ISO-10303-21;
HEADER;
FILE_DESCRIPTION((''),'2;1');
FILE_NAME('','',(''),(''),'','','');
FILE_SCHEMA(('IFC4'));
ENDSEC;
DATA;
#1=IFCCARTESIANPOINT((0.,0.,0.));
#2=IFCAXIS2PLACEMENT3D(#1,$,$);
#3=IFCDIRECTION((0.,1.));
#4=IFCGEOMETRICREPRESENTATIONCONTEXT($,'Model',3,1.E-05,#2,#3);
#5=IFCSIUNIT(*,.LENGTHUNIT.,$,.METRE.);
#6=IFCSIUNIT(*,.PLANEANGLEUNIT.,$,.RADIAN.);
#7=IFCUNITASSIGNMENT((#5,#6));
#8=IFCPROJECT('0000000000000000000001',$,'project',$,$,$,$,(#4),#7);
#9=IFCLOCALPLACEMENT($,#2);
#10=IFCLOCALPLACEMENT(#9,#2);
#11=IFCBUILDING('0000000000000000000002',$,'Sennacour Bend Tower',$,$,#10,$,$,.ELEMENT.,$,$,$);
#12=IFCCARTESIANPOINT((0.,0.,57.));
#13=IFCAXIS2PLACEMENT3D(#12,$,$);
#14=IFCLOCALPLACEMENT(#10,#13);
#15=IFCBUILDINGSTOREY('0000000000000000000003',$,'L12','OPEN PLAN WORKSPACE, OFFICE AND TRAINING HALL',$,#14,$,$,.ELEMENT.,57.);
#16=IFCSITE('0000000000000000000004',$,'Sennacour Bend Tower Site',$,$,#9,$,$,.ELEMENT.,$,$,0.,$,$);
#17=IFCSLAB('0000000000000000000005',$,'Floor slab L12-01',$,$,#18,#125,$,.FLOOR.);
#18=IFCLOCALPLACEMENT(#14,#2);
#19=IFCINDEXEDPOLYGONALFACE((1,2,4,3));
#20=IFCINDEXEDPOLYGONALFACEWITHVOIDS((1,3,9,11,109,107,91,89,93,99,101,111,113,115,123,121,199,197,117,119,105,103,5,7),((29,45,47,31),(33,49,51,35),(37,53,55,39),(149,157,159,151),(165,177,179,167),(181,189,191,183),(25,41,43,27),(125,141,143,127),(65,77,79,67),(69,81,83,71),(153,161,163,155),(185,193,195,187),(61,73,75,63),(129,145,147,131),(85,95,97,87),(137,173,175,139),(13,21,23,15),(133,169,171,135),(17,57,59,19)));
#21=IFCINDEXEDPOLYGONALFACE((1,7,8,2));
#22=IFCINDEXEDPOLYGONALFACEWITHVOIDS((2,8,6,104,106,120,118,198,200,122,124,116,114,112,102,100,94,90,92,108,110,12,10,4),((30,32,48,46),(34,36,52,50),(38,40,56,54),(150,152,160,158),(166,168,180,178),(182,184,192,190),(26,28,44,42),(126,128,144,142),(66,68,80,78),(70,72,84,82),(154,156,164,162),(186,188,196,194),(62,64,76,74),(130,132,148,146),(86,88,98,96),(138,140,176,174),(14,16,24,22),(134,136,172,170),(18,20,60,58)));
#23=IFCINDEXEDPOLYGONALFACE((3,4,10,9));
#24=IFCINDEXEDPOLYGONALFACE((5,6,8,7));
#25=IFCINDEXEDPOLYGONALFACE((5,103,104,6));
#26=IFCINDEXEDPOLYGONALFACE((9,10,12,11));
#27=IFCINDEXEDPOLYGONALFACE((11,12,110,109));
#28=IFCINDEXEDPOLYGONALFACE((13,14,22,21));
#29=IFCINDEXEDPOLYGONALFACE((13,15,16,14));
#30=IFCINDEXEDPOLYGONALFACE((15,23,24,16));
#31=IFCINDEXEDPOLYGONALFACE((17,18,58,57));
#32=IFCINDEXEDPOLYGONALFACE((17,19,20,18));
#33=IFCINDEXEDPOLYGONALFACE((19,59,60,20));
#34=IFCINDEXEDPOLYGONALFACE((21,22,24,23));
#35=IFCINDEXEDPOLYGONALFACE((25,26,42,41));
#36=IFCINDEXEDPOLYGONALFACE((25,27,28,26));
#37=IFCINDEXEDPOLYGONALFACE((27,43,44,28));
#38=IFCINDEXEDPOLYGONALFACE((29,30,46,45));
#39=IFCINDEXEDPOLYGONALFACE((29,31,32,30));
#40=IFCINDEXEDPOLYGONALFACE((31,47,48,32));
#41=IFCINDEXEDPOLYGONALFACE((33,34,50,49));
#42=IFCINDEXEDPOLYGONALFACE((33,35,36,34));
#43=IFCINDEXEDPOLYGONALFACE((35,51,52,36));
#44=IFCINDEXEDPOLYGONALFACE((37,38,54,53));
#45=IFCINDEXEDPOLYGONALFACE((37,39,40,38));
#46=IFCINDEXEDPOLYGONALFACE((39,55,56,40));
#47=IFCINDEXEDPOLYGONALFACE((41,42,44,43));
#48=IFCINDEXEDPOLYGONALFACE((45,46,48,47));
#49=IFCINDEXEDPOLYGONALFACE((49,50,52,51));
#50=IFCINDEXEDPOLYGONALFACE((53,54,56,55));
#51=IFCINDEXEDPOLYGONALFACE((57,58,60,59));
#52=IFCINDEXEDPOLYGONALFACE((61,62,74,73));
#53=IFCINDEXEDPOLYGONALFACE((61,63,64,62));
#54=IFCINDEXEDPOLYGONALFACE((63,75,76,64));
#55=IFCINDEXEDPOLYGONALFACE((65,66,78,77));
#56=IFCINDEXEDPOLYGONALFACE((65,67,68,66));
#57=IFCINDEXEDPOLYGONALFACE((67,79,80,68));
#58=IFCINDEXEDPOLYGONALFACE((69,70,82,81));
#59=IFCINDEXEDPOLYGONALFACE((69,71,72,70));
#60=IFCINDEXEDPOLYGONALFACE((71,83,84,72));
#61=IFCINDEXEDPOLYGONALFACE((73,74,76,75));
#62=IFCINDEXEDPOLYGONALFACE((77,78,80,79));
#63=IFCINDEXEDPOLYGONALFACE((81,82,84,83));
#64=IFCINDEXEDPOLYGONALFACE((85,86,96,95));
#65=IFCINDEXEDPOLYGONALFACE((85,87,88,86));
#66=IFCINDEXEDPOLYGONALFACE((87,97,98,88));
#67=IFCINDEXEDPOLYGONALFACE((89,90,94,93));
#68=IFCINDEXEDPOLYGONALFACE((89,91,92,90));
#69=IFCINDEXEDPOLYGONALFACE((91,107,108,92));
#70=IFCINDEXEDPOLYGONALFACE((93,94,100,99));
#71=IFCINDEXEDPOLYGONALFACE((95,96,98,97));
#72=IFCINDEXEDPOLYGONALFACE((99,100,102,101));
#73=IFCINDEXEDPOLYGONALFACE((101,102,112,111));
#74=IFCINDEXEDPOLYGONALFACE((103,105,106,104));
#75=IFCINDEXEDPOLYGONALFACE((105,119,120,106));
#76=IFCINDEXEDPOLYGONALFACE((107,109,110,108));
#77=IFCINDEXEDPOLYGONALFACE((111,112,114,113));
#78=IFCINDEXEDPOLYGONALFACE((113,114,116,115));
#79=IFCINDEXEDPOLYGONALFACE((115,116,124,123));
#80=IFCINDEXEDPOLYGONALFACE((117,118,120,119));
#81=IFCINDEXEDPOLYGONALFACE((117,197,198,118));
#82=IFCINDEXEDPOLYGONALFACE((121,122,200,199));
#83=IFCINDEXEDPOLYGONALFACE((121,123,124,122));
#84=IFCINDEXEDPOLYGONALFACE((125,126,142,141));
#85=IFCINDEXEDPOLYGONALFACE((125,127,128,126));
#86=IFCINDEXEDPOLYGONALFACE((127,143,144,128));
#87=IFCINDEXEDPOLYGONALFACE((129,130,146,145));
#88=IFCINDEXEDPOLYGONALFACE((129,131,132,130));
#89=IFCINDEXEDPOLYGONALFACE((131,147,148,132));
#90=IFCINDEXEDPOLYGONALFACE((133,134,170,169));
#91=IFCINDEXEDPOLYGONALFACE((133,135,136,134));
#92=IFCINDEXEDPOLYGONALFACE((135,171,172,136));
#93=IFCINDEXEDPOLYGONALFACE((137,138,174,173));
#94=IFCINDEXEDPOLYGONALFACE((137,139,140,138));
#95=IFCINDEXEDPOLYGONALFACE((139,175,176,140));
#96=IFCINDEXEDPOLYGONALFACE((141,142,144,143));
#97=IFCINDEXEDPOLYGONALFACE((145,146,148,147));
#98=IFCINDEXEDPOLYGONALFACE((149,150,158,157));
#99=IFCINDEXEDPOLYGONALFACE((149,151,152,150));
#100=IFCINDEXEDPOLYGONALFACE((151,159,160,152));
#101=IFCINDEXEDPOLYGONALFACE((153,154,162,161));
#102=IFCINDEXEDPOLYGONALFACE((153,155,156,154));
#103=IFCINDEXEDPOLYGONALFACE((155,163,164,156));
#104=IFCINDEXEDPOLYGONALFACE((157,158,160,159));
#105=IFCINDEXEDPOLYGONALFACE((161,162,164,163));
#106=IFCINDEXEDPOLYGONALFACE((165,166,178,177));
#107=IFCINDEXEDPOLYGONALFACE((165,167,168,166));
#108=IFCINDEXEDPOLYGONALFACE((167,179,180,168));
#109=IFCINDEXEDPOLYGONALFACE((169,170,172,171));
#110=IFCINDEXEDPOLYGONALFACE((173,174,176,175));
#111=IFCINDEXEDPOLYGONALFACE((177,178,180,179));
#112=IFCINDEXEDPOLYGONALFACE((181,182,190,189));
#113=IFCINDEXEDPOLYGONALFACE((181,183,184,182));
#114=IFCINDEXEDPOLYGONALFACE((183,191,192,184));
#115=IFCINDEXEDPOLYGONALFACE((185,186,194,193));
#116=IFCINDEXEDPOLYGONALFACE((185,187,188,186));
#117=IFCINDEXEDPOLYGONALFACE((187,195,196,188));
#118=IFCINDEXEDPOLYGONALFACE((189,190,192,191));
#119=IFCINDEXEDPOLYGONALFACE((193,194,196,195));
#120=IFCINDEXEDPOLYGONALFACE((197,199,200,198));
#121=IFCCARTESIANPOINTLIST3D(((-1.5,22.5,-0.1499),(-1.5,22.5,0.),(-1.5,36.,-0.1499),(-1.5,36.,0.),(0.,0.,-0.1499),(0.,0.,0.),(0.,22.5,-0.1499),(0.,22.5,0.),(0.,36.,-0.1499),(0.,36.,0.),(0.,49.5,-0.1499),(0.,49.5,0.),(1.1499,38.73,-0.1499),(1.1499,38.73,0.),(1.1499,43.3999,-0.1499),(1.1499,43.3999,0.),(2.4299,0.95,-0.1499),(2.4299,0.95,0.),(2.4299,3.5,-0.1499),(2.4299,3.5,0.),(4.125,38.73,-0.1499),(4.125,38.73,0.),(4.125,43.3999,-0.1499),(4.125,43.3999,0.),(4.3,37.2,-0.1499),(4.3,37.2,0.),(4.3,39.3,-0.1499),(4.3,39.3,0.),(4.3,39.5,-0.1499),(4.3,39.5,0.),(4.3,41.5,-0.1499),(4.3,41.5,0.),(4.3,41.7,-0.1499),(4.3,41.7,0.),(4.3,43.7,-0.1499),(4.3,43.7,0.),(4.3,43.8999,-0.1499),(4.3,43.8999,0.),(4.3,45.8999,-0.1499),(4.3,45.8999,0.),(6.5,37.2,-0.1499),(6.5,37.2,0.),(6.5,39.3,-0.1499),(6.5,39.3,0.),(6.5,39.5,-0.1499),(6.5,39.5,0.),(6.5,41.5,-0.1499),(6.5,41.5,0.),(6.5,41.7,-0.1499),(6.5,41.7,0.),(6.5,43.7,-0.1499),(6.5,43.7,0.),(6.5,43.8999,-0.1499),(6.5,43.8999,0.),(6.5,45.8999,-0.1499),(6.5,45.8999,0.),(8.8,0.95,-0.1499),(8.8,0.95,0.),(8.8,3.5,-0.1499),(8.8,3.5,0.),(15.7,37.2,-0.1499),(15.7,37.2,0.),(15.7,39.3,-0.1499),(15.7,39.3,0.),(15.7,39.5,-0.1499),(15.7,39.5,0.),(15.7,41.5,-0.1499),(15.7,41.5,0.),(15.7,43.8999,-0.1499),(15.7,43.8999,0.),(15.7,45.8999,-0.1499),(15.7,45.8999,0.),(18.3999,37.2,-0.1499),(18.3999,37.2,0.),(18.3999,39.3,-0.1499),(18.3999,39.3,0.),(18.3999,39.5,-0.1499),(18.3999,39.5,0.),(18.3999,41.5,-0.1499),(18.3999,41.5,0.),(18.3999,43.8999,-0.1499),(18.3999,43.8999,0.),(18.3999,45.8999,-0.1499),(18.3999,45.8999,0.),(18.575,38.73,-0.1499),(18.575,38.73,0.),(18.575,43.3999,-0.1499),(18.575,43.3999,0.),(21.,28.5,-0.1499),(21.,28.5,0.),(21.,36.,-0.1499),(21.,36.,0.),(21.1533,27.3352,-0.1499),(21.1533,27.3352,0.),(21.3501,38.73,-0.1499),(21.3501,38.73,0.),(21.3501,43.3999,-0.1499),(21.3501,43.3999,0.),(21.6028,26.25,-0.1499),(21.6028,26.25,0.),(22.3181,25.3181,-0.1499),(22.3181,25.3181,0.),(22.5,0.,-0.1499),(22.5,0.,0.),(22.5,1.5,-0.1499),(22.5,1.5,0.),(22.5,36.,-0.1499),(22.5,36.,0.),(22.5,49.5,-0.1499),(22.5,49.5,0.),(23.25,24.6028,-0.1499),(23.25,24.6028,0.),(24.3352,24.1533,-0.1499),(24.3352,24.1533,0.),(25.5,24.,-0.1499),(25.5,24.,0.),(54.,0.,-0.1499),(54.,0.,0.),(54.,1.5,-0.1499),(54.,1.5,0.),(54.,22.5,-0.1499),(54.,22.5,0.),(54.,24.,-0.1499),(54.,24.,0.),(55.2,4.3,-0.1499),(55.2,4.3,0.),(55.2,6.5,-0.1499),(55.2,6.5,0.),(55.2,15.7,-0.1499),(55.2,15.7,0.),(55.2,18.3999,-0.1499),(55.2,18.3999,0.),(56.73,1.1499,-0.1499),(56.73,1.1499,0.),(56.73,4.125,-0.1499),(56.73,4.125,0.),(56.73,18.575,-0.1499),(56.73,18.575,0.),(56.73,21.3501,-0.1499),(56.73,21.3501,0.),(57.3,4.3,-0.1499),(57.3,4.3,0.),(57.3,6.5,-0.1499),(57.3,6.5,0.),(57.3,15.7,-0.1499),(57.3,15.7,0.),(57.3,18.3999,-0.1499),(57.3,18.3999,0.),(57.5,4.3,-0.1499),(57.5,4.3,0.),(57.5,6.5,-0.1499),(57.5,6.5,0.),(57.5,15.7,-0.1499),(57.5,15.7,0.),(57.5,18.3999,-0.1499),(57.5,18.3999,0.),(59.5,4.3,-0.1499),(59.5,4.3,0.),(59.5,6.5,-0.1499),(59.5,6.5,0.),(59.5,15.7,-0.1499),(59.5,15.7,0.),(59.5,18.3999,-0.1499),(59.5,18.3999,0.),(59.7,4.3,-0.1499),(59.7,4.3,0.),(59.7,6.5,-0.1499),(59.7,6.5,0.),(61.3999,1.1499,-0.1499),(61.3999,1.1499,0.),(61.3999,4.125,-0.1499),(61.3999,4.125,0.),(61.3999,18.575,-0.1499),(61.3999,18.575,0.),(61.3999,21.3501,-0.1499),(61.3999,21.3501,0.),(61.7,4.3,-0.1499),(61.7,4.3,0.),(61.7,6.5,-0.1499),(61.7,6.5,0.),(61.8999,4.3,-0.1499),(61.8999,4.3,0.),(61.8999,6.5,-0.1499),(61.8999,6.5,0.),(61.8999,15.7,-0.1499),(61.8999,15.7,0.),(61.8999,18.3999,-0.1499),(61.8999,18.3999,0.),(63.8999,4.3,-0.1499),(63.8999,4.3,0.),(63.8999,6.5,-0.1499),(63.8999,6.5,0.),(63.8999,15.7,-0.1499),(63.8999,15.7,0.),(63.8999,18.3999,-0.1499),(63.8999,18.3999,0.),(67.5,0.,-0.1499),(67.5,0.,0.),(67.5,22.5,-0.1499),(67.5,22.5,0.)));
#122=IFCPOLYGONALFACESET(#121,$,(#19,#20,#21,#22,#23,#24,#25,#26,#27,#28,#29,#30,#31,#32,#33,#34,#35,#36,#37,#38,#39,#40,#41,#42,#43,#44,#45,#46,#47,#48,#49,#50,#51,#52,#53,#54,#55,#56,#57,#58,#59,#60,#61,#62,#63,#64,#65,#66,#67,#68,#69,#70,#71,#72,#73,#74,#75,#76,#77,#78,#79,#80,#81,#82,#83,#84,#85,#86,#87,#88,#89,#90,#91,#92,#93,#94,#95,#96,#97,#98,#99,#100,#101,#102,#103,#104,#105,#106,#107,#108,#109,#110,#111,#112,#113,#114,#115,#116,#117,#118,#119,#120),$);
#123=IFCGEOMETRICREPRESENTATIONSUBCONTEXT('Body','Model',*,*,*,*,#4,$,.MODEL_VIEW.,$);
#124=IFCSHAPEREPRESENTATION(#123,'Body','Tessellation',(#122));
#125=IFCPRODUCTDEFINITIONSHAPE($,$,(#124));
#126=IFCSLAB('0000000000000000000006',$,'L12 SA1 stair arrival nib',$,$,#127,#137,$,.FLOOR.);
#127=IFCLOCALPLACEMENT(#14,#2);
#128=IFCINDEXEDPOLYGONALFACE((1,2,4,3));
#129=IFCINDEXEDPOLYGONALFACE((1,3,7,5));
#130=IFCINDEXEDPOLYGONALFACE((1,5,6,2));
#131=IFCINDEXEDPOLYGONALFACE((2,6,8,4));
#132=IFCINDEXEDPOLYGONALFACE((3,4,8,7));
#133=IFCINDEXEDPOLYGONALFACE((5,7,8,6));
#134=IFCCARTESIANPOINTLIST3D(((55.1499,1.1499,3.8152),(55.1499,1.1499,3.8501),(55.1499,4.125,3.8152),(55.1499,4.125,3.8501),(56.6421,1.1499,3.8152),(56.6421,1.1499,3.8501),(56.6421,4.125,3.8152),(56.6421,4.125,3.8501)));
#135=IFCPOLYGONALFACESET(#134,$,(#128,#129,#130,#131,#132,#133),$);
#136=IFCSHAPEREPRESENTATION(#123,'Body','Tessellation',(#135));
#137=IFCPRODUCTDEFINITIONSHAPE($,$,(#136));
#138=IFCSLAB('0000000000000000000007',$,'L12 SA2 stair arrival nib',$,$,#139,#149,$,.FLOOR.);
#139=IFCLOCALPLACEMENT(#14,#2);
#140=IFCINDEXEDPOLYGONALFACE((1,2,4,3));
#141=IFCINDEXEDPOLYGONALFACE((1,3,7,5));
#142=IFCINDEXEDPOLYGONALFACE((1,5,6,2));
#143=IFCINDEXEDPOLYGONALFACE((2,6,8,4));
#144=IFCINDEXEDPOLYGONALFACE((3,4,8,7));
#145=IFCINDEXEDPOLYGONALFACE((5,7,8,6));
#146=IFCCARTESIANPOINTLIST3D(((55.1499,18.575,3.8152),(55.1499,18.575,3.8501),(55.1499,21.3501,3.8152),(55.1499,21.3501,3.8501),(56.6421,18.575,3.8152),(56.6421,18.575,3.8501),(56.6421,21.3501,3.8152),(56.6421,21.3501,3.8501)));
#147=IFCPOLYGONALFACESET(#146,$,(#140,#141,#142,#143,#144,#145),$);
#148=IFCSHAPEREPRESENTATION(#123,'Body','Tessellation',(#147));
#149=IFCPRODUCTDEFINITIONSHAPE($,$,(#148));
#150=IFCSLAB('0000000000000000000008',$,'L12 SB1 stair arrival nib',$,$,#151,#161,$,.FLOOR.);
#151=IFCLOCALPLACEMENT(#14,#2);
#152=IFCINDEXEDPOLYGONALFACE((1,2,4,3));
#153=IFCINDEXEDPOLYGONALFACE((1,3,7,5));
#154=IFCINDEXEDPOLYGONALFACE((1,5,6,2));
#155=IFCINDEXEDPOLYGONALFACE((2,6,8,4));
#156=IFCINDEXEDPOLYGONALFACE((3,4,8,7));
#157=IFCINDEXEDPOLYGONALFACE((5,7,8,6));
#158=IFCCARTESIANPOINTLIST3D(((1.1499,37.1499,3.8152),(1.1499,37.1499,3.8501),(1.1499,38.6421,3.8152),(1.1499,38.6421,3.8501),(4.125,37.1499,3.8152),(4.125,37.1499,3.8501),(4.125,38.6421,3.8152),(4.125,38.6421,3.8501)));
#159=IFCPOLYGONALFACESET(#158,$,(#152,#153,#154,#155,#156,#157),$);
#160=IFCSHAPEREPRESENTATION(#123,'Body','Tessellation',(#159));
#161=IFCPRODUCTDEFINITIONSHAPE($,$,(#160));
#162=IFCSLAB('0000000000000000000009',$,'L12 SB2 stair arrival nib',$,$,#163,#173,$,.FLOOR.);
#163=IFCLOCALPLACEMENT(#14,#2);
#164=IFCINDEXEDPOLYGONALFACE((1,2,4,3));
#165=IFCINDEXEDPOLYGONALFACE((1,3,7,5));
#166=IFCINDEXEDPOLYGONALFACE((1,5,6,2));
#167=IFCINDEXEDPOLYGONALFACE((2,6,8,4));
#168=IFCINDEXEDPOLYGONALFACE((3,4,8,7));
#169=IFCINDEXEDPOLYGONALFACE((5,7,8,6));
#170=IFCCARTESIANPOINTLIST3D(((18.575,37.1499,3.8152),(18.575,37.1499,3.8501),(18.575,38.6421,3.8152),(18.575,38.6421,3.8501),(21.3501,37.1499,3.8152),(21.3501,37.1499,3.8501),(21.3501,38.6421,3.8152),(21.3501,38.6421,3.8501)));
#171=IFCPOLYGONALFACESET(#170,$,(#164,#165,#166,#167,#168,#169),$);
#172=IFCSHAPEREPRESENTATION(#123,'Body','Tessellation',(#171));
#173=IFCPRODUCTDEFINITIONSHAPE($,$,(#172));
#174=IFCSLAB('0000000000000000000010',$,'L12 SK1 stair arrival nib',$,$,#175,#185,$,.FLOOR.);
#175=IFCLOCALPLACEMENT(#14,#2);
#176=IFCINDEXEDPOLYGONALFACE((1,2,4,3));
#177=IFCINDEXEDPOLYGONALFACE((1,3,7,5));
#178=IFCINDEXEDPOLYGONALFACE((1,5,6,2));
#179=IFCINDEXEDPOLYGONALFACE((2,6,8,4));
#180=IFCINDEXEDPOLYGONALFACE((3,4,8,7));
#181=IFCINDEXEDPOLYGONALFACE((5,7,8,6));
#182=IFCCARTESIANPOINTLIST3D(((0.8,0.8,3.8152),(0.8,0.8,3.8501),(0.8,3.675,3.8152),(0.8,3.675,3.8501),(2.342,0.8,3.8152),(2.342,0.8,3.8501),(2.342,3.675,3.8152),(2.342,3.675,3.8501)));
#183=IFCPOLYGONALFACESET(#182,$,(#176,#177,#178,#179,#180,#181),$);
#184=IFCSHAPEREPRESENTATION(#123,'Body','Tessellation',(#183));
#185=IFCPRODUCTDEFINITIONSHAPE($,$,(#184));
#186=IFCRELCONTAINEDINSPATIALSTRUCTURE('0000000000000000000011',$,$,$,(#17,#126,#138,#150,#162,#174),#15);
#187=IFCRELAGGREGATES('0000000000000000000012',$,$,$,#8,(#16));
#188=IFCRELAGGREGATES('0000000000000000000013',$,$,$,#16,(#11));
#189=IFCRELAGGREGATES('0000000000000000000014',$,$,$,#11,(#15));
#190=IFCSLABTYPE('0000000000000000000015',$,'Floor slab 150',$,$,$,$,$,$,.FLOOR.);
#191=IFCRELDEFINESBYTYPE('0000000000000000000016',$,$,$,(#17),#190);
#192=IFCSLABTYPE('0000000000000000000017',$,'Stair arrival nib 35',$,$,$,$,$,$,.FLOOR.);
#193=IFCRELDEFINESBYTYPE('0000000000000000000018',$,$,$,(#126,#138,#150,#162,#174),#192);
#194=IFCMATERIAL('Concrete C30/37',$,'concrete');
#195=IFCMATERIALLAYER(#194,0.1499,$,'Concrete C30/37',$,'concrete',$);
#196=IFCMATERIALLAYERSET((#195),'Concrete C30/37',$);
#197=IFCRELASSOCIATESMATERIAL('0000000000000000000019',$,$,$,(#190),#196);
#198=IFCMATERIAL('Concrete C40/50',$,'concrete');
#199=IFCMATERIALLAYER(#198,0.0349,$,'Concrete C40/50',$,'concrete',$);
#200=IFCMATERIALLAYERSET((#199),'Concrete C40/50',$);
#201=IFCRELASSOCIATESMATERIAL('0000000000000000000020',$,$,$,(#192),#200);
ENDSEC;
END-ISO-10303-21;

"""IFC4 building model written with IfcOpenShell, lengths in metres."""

from ifc_helpers import new_model, si_unit, direction, frame, origin, place, context, subcontext, project, spatial, polyline, outline, extrude, material, layer, layer_set, type_object, element, save


model = new_model("IFC4")

# Units and contexts
model_context = context("Model", 3, precision=1e-05, world=origin(), true_north=direction((0.0, 1.0)))
body_context = subcontext(model_context, "Body", "Model", "MODEL_VIEW")
ifc_project = project(units=[si_unit("LENGTHUNIT", "METRE"), si_unit("PLANEANGLEUNIT", "RADIAN")], contexts=[model_context])

# Site, building, storey
site_placement = place(None, origin())
site = spatial("IfcSite", under=ifc_project, at=site_placement, Name="Sennacour Bend Tower Site", CompositionType="ELEMENT", RefElevation=0.0)
building_placement = place(site_placement, origin())
building = spatial("IfcBuilding", under=site, at=building_placement, Name="Sennacour Bend Tower", CompositionType="ELEMENT")
storey_placement = place(building_placement, frame((0.0, 0.0, 57.0)))
storey = spatial("IfcBuildingStorey", under=building, at=storey_placement, Name="L12", Description="OPEN PLAN WORKSPACE, OFFICE AND TRAINING HALL", CompositionType="ELEMENT", Elevation=57.0)

# Slabs
ifc_material_1 = material(Name="Concrete C30/37", Category="concrete")
ifc_layer_1 = layer(ifc_material_1, 0.1499, Name="Concrete C30/37", Category="concrete")
ifc_layer_set_1 = layer_set([ifc_layer_1], Name="Concrete C30/37")
slab_type_1 = type_object("IfcSlabType", Name="Floor slab 150", PredefinedType="FLOOR", material=ifc_layer_set_1)
slab_1_placement = place(storey_placement, frame((0.0, 0.0, -0.1499)))
element("IfcSlab", 1, at=slab_1_placement, inside=storey, type_object=slab_type_1, Name="Floor slab L12-01", PredefinedType="FLOOR", context=body_context, shape_type="SweptSolid", body=[
    extrude(outline(polyline([(0.0, 22.5), (-1.5, 22.5), (-1.5, 36.0), (0.0, 36.0), (0.0, 49.5), (22.5, 49.5), (22.5, 36.0), (21.0, 36.0), (21.0, 28.5), (21.1533, 27.3352), (21.6028, 26.25), (22.3181, 25.3181), (23.25, 24.6028), (24.3352, 24.1533), (25.5, 24.0), (54.0, 24.0), (54.0, 22.5), (67.5, 22.5), (67.5, 0.0), (54.0, 0.0), (54.0, 1.5), (22.5, 1.5), (22.5, 0.0), (0.0, 0.0), (0.0, 22.5)]), holes=[polyline([(8.8, 0.95), (8.8, 3.5), (2.4299, 3.5), (2.4299, 0.95), (8.8, 0.95)]), polyline([(6.5, 37.2), (6.5, 39.3), (4.3, 39.3), (4.3, 37.2), (6.5, 37.2)]), polyline([(18.3999, 37.2), (18.3999, 39.3), (15.7, 39.3), (15.7, 37.2), (18.3999, 37.2)]), polyline([(6.5, 39.5), (6.5, 41.5), (4.3, 41.5), (4.3, 39.5), (6.5, 39.5)]), polyline([(18.3999, 39.5), (18.3999, 41.5), (15.7, 41.5), (15.7, 39.5), (18.3999, 39.5)]), polyline([(4.125, 38.73), (4.125, 43.3999), (1.1499, 43.3999), (1.1499, 38.73), (4.125, 38.73)]), polyline([(21.3501, 38.73), (21.3501, 43.3999), (18.575, 43.3999), (18.575, 38.73), (21.3501, 38.73)]), polyline([(4.3, 41.7), (6.5, 41.7), (6.5, 43.7), (4.3, 43.7), (4.3, 41.7)]), polyline([(4.3, 43.8999), (6.5, 43.8999), (6.5, 45.8999), (4.3, 45.8999), (4.3, 43.8999)]), polyline([(18.3999, 43.8999), (18.3999, 45.8999), (15.7, 45.8999), (15.7, 43.8999), (18.3999, 43.8999)]), polyline([(61.3999, 1.1499), (61.3999, 4.125), (56.73, 4.125), (56.73, 1.1499), (61.3999, 1.1499)]), polyline([(57.3, 4.3), (57.3, 6.5), (55.2, 6.5), (55.2, 4.3), (57.3, 4.3)]), polyline([(57.5, 4.3), (59.5, 4.3), (59.5, 6.5), (57.5, 6.5), (57.5, 4.3)]), polyline([(59.7, 4.3), (61.7, 4.3), (61.7, 6.5), (59.7, 6.5), (59.7, 4.3)]), polyline([(63.8999, 4.3), (63.8999, 6.5), (61.8999, 6.5), (61.8999, 4.3), (63.8999, 4.3)]), polyline([(57.3, 15.7), (57.3, 18.3999), (55.2, 18.3999), (55.2, 15.7), (57.3, 15.7)]), polyline([(59.5, 15.7), (59.5, 18.3999), (57.5, 18.3999), (57.5, 15.7), (59.5, 15.7)]), polyline([(61.8999, 15.7), (63.8999, 15.7), (63.8999, 18.3999), (61.8999, 18.3999), (61.8999, 15.7)]), polyline([(56.73, 18.575), (61.3999, 18.575), (61.3999, 21.3501), (56.73, 21.3501), (56.73, 18.575)])]), origin(), (0.0, 0.0, 1.0), 0.1499),
])
ifc_material_2 = material(Name="Concrete C40/50", Category="concrete")
ifc_layer_2 = layer(ifc_material_2, 0.0349, Name="Concrete C40/50", Category="concrete")
ifc_layer_set_2 = layer_set([ifc_layer_2], Name="Concrete C40/50")
slab_type_2 = type_object("IfcSlabType", Name="Stair arrival nib 35", PredefinedType="FLOOR", material=ifc_layer_set_2)
slab_2_placement = place(storey_placement, frame((0.0, 0.0, 3.8152)))
element("IfcSlab", 2, at=slab_2_placement, inside=storey, type_object=slab_type_2, Name="L12 SA1 stair arrival nib", PredefinedType="FLOOR", context=body_context, shape_type="SweptSolid", body=[
    extrude(outline(polyline([(56.6421, 4.125), (55.1499, 4.125), (55.1499, 1.1499), (56.6421, 1.1499), (56.6421, 4.125)])), origin(), (0.0, 0.0, 1.0), 0.0349),
])
slab_3_placement = place(storey_placement, frame((0.0, 0.0, 3.8152)))
element("IfcSlab", 3, at=slab_3_placement, inside=storey, type_object=slab_type_2, Name="L12 SA2 stair arrival nib", PredefinedType="FLOOR", context=body_context, shape_type="SweptSolid", body=[
    extrude(outline(polyline([(56.6421, 21.3501), (55.1499, 21.3501), (55.1499, 18.575), (56.6421, 18.575), (56.6421, 21.3501)])), origin(), (0.0, 0.0, 1.0), 0.0349),
])
slab_4_placement = place(storey_placement, frame((0.0, 0.0, 3.8152)))
element("IfcSlab", 4, at=slab_4_placement, inside=storey, type_object=slab_type_2, Name="L12 SB1 stair arrival nib", PredefinedType="FLOOR", context=body_context, shape_type="SweptSolid", body=[
    extrude(outline(polyline([(1.1499, 38.6421), (1.1499, 37.1499), (4.125, 37.1499), (4.125, 38.6421), (1.1499, 38.6421)])), origin(), (0.0, 0.0, 1.0), 0.0349),
])
slab_5_placement = place(storey_placement, frame((0.0, 0.0, 3.8152)))
element("IfcSlab", 5, at=slab_5_placement, inside=storey, type_object=slab_type_2, Name="L12 SB2 stair arrival nib", PredefinedType="FLOOR", context=body_context, shape_type="SweptSolid", body=[
    extrude(outline(polyline([(18.575, 38.6421), (18.575, 37.1499), (21.3501, 37.1499), (21.3501, 38.6421), (18.575, 38.6421)])), origin(), (0.0, 0.0, 1.0), 0.0349),
])
slab_6_placement = place(storey_placement, frame((0.0, 0.0, 3.8152)))
element("IfcSlab", 6, at=slab_6_placement, inside=storey, type_object=slab_type_2, Name="L12 SK1 stair arrival nib", PredefinedType="FLOOR", context=body_context, shape_type="SweptSolid", body=[
    extrude(outline(polyline([(2.342, 3.675), (0.8, 3.675), (0.8, 0.8), (2.342, 0.8), (2.342, 3.675)])), origin(), (0.0, 0.0, 1.0), 0.0349),
])

save(model, "model.ifc")
